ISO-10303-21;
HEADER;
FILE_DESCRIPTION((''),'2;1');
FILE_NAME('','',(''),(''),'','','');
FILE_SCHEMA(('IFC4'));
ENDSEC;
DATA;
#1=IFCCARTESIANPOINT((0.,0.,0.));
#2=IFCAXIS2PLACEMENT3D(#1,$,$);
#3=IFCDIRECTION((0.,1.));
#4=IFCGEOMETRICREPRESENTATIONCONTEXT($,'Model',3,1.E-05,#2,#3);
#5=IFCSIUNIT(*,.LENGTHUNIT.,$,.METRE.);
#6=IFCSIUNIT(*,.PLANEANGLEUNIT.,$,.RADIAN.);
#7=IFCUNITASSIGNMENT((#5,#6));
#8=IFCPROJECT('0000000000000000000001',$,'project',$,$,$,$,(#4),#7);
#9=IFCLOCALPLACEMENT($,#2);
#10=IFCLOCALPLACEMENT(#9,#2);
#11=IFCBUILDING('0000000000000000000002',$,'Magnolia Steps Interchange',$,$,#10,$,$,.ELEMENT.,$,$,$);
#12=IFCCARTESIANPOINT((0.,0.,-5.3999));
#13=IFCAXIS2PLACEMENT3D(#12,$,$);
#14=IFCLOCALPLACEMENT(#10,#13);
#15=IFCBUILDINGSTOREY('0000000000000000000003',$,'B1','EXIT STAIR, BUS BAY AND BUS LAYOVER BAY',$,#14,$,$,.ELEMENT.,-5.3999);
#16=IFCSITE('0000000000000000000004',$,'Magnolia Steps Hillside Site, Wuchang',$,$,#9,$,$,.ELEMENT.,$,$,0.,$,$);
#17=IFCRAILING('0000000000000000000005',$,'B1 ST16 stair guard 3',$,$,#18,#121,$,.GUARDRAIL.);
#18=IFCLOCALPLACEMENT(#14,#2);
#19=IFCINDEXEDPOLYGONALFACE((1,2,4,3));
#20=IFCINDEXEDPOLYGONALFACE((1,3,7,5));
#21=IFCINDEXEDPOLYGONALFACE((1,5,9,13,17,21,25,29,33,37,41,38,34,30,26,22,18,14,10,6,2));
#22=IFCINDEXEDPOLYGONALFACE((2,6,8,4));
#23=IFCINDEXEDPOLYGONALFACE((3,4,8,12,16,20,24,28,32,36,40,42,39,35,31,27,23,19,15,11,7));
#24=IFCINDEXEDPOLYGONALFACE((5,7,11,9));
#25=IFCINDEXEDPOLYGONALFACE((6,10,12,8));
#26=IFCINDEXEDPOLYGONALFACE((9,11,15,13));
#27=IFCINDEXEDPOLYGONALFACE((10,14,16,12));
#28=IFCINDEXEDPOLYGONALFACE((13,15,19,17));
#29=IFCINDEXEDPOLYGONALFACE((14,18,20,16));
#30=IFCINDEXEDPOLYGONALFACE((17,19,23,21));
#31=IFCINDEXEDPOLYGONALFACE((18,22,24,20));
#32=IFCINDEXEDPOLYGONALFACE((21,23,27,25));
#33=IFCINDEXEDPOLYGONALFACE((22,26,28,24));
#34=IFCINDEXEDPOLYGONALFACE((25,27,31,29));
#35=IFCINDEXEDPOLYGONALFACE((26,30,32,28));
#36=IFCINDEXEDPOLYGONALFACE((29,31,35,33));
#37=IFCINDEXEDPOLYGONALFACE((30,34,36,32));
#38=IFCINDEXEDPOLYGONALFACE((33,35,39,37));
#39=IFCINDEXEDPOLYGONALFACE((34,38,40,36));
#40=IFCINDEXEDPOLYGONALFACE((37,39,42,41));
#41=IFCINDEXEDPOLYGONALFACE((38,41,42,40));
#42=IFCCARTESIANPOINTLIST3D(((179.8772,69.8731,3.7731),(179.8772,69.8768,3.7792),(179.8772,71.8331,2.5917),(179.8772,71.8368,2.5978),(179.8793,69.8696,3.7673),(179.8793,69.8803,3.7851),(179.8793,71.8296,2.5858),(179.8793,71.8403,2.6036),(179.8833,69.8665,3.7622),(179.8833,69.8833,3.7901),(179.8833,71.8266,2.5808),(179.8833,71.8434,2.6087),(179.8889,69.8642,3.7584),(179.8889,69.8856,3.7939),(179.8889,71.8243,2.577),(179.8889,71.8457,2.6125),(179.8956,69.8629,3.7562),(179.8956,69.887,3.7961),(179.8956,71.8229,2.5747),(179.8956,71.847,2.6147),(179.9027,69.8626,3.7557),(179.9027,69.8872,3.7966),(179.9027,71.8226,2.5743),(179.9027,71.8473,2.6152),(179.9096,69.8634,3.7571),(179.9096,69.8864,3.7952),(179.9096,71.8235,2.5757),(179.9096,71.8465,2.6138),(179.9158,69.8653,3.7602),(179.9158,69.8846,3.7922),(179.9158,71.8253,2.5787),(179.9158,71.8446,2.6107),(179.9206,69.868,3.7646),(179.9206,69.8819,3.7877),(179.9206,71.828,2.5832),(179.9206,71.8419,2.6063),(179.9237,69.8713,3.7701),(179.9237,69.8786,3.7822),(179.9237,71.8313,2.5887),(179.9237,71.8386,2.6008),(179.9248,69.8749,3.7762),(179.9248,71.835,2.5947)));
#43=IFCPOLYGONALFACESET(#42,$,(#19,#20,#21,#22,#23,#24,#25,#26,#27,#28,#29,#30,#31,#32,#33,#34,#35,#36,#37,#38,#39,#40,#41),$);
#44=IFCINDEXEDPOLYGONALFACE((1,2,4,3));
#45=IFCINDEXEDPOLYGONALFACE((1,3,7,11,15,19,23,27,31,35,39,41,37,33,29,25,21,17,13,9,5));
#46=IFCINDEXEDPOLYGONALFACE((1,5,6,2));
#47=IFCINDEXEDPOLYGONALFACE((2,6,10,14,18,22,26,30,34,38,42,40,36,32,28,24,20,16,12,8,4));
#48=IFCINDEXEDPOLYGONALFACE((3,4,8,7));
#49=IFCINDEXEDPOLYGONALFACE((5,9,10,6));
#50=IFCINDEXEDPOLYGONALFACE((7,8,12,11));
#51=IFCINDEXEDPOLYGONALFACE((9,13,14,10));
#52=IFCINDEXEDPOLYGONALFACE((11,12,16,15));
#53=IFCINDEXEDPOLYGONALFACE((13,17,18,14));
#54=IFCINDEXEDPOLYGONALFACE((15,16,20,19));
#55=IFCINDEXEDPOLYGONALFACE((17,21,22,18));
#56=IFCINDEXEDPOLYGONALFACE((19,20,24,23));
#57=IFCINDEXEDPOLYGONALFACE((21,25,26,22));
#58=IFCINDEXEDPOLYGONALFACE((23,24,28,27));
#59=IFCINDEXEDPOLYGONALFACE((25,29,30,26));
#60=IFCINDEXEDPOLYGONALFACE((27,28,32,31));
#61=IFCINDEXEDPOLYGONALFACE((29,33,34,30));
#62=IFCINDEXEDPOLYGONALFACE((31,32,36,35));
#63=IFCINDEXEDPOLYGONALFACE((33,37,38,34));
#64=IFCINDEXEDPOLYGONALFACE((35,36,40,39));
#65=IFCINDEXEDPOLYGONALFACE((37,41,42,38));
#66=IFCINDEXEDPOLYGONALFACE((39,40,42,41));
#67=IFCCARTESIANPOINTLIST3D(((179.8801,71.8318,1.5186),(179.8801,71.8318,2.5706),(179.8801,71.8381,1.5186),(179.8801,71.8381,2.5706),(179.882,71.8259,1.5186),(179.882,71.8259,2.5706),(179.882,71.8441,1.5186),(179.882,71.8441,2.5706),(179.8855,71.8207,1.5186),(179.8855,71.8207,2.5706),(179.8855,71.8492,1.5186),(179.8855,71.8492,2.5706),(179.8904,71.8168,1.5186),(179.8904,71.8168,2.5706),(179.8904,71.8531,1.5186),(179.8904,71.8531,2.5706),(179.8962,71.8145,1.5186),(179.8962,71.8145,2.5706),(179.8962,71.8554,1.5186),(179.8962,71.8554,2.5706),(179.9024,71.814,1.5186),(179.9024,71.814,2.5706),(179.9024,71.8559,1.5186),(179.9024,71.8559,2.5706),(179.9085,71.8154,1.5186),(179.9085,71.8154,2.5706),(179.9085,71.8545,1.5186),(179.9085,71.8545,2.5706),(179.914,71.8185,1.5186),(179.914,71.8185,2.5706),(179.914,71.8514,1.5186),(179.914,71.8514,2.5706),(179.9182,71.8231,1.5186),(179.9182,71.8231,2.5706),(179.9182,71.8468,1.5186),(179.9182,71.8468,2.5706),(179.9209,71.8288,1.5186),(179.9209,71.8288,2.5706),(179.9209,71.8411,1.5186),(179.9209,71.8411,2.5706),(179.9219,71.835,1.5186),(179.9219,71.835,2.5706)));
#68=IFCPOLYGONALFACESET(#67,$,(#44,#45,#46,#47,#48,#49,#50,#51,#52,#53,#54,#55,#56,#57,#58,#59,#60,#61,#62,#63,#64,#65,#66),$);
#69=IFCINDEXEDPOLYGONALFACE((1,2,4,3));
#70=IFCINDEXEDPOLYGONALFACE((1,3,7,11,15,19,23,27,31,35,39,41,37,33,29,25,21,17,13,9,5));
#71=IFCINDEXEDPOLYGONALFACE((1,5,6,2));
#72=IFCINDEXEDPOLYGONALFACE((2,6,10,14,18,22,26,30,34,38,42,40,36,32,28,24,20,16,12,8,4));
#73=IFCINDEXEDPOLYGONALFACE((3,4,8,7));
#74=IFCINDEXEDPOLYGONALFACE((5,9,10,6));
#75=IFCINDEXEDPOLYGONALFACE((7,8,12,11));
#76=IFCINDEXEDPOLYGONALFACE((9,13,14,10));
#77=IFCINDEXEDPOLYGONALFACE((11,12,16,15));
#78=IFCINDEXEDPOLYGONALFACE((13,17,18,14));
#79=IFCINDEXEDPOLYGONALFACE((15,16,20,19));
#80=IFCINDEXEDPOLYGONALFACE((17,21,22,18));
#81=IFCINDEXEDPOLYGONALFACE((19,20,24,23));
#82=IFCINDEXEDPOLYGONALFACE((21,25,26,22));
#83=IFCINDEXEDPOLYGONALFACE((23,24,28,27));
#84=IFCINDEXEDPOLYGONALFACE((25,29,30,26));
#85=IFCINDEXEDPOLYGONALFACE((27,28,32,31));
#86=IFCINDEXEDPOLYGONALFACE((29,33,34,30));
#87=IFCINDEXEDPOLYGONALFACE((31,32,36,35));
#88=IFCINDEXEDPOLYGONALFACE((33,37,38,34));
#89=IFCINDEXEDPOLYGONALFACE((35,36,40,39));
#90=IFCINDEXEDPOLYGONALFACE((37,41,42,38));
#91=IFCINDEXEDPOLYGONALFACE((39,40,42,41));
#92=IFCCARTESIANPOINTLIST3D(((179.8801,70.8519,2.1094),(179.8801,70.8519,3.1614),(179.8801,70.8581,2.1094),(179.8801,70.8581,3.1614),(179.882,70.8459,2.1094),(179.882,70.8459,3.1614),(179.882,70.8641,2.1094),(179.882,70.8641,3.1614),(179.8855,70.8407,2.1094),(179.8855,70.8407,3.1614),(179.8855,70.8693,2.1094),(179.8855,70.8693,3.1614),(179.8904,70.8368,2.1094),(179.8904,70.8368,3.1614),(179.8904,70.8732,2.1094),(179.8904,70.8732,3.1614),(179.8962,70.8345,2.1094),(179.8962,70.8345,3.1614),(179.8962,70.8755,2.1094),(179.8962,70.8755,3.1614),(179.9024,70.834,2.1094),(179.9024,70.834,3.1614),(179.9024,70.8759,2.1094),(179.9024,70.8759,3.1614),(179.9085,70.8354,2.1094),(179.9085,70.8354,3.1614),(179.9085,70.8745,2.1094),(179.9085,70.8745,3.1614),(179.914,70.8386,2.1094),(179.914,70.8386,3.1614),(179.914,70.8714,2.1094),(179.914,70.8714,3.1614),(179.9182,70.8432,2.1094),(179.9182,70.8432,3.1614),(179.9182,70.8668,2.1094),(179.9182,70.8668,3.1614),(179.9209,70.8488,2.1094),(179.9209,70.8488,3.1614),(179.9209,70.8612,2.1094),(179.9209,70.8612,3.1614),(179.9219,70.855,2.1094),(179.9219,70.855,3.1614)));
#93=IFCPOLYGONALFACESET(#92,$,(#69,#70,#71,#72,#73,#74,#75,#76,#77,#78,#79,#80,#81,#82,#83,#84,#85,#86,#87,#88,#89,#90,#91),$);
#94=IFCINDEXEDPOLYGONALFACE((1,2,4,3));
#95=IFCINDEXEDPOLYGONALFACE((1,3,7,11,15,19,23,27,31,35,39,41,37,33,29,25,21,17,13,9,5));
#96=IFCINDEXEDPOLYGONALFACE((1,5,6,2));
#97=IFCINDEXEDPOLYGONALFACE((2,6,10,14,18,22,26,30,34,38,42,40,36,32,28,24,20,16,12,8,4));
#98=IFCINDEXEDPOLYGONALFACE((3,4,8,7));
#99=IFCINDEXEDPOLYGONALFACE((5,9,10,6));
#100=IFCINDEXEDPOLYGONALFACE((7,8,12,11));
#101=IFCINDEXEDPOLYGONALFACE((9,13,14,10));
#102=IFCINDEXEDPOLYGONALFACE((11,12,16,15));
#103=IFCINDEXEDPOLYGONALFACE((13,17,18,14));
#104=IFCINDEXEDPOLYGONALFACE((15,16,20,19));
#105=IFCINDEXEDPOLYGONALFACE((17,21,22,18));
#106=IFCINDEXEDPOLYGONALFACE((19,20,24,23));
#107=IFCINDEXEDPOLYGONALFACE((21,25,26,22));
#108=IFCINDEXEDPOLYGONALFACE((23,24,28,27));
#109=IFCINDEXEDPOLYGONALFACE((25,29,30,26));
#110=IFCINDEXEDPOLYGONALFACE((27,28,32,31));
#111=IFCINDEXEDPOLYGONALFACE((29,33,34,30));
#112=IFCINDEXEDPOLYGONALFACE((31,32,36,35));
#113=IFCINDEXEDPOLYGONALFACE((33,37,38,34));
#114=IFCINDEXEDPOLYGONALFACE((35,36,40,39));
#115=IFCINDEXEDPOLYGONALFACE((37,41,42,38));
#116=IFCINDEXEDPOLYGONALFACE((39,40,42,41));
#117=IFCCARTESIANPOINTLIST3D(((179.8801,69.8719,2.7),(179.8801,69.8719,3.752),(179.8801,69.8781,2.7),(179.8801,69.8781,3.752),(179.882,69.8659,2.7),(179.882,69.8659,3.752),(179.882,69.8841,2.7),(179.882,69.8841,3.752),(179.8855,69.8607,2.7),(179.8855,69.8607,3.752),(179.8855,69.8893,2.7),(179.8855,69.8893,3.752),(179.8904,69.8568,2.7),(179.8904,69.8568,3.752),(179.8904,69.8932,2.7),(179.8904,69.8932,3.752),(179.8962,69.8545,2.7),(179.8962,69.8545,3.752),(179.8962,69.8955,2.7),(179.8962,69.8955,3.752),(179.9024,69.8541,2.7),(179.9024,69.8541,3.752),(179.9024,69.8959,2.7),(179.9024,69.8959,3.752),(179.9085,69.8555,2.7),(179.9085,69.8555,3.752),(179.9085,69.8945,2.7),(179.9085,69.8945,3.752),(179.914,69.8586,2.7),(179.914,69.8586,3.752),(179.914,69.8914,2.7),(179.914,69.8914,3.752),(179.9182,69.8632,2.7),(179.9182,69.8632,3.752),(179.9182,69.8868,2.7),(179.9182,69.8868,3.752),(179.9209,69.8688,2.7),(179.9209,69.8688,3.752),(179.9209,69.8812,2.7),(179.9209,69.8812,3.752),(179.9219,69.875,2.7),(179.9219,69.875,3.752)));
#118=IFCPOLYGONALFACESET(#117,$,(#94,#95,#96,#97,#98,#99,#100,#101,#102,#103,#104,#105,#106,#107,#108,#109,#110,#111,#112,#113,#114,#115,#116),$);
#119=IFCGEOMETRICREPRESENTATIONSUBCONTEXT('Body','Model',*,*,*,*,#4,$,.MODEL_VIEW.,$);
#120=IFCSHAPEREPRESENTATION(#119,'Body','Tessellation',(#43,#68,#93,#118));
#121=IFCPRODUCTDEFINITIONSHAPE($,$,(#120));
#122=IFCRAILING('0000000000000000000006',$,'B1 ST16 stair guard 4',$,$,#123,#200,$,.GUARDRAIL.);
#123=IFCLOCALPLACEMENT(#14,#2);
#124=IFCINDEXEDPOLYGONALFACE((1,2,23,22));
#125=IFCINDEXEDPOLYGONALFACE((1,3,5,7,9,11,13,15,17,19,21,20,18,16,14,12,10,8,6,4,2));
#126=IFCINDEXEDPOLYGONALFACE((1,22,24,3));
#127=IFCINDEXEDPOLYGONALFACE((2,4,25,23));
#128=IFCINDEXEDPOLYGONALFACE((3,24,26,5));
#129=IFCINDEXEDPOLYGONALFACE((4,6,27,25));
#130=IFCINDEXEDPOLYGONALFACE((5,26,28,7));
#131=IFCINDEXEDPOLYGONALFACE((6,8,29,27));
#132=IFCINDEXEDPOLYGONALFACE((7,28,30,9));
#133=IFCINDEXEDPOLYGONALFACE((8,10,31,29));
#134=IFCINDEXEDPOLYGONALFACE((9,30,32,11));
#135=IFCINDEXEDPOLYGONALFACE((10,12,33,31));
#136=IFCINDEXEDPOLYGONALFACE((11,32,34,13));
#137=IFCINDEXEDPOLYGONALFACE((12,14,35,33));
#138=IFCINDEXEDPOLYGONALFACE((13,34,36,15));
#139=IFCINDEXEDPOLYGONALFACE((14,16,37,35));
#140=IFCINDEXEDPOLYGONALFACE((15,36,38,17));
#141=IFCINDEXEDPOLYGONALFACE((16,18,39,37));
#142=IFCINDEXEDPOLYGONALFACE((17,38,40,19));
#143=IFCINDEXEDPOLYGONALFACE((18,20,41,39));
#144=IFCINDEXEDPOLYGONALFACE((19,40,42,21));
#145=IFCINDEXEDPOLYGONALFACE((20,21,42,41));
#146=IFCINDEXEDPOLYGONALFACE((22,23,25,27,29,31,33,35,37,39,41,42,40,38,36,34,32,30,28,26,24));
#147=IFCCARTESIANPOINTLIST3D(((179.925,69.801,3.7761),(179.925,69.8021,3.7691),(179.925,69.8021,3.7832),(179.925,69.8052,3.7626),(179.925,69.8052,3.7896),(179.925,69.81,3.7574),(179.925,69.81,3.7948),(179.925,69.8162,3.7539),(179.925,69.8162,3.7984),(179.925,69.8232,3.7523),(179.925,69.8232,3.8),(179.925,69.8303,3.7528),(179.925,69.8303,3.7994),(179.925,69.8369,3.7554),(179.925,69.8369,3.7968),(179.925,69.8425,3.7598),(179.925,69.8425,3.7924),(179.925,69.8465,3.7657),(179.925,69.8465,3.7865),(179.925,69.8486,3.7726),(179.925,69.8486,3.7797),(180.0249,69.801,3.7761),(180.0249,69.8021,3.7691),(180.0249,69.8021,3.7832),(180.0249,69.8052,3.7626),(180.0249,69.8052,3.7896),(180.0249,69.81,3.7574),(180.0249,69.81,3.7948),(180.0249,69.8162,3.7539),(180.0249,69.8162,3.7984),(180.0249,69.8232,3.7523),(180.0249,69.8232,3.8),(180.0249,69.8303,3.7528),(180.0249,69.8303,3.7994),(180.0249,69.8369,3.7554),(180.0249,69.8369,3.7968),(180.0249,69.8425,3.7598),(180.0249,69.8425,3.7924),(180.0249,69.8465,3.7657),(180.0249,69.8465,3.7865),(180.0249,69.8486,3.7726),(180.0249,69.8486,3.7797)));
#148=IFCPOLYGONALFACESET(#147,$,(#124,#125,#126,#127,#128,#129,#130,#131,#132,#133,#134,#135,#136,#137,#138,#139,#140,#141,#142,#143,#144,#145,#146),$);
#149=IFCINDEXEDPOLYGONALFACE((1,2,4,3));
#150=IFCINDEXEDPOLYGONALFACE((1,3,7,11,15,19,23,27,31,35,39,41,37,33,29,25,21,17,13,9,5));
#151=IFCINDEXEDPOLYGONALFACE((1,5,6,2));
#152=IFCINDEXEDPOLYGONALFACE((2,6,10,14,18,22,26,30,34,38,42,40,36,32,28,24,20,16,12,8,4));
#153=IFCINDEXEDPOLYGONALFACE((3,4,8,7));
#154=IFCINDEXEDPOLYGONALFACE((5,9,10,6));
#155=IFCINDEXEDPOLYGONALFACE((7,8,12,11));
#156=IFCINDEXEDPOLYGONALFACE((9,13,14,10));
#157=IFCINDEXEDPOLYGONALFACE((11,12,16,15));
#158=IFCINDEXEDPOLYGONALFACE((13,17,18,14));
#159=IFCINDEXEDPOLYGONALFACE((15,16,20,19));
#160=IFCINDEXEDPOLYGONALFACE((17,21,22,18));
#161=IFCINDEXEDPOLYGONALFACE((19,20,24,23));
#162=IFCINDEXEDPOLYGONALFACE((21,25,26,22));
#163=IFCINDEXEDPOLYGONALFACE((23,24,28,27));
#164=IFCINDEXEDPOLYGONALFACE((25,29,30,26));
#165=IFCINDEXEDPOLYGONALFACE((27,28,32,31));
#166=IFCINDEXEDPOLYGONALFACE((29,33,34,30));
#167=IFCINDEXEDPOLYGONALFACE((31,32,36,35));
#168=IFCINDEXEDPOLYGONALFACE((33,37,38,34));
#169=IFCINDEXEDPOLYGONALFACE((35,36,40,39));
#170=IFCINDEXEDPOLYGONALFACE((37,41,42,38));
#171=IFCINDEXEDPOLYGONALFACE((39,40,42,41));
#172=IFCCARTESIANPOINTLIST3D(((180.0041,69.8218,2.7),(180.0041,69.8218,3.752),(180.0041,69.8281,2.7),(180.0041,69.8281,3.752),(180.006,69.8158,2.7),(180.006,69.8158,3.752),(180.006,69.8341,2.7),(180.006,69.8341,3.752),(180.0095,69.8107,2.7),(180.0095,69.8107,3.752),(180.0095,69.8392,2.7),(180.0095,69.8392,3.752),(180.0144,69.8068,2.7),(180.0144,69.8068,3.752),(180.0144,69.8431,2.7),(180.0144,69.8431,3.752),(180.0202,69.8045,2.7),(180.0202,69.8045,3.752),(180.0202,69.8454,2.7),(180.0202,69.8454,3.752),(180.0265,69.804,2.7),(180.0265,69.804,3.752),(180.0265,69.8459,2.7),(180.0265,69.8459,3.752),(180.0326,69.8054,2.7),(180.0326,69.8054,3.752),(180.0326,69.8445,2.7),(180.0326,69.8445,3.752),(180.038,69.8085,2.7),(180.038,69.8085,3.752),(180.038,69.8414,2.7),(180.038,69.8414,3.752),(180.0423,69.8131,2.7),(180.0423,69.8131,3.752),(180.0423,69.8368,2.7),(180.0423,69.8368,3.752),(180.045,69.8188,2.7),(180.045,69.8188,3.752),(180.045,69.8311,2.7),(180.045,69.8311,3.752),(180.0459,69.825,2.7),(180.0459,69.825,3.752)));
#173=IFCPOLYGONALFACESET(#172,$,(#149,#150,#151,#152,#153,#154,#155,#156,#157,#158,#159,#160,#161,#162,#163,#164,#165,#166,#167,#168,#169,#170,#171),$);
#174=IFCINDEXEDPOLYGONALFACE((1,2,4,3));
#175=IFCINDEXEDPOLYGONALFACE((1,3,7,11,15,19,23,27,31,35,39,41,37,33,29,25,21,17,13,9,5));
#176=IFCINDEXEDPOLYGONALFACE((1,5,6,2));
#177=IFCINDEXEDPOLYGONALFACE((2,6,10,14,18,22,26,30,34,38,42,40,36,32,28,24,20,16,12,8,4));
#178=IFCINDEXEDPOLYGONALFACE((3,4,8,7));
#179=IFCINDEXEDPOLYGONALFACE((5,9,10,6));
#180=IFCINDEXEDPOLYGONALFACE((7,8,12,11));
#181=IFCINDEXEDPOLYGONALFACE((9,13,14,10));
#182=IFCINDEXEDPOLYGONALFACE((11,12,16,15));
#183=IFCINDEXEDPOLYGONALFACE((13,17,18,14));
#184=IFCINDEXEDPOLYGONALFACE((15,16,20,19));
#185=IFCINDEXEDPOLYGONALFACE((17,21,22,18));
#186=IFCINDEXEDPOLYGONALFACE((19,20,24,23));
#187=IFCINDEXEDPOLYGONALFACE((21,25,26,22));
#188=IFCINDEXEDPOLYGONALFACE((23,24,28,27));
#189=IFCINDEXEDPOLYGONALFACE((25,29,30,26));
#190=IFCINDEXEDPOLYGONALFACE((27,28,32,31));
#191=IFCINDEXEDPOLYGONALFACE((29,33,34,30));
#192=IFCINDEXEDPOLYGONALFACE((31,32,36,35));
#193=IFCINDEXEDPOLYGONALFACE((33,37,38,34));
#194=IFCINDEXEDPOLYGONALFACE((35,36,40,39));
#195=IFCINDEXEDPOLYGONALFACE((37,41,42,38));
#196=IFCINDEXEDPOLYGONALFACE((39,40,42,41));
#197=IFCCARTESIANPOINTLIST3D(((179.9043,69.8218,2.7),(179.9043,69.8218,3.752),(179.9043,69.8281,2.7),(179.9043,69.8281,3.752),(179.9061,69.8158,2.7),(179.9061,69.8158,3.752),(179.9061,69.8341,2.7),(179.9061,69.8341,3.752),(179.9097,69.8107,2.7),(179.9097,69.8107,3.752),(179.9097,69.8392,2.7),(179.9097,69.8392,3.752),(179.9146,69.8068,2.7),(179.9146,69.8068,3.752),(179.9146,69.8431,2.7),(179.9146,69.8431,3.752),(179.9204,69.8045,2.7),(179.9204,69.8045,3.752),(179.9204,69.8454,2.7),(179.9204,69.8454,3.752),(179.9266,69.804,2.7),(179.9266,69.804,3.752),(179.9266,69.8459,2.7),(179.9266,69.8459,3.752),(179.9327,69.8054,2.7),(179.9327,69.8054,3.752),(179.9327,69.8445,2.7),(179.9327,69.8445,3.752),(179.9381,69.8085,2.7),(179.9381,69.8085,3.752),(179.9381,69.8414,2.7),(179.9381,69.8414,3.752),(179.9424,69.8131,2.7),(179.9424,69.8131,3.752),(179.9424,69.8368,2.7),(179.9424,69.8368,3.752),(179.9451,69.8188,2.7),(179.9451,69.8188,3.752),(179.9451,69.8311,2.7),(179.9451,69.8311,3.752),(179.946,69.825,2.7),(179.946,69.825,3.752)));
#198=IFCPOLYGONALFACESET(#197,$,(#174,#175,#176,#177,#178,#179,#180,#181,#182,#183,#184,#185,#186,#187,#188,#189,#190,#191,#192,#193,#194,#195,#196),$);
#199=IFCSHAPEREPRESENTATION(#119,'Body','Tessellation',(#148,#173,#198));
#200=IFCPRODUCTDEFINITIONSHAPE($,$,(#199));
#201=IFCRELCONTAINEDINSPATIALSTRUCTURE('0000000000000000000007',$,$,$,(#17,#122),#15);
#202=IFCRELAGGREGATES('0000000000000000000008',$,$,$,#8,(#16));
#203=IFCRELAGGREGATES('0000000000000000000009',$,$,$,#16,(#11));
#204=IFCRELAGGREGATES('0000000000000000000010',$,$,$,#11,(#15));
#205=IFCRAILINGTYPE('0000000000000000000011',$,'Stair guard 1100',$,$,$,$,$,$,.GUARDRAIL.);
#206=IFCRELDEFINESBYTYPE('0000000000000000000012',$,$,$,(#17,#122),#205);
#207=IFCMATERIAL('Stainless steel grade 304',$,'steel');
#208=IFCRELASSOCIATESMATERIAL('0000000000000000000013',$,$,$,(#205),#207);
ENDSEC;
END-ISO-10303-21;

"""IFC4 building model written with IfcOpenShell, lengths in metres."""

from ifc_helpers import new_model, si_unit, direction, frame, origin, origin_2d, place, context, subcontext, project, spatial, circle, extrude, material, type_object, element, save


model = new_model("IFC4")

# Units and contexts
model_context = context("Model", 3, precision=1e-05, world=origin(), true_north=direction((0.0, 1.0)))
body_context = subcontext(model_context, "Body", "Model", "MODEL_VIEW")
ifc_project = project(units=[si_unit("LENGTHUNIT", "METRE"), si_unit("PLANEANGLEUNIT", "RADIAN")], contexts=[model_context])

# Site, building, storey
site_placement = place(None, origin())
site = spatial("IfcSite", under=ifc_project, at=site_placement, Name="Magnolia Steps Hillside Site, Wuchang", CompositionType="ELEMENT", RefElevation=0.0)
building_placement = place(site_placement, origin())
building = spatial("IfcBuilding", under=site, at=building_placement, Name="Magnolia Steps Interchange", CompositionType="ELEMENT")
storey_placement = place(building_placement, frame((0.0, 0.0, -5.3999)))
storey = spatial("IfcBuildingStorey", under=building, at=storey_placement, Name="B1", Description="EXIT STAIR, BUS BAY AND BUS LAYOVER BAY", CompositionType="ELEMENT", Elevation=-5.3999)

# Railings
ifc_material_1 = material(Name="Stainless steel grade 304", Category="steel")
railing_type_1 = type_object("IfcRailingType", Name="Stair guard 1100", PredefinedType="GUARDRAIL", material=ifc_material_1)
railing_1_placement = place(storey_placement, frame((179.9009, 71.835, 1.5186)))
element("IfcRailing", 1, at=railing_1_placement, inside=storey, type_object=railing_type_1, Name="B1 ST16 stair guard 3", PredefinedType="GUARDRAIL", context=body_context, shape_type="SweptSolid", body=[
    extrude(circle(Radius=0.0239, at=origin_2d()), frame((0.0, 0.0, 1.0762), z_axis=(0.0, -0.856446, 0.516236), x_axis=(1.0, 0.0, 0.0)), (0.0, 0.0, 1.0), 2.2886),
    extrude(circle(Radius=0.021, at=origin_2d()), origin(), (0.0, 0.0, 1.0), 1.052),
    extrude(circle(Radius=0.021, at=origin_2d()), frame((0.0, -0.98, 0.5908)), (0.0, 0.0, 1.0), 1.052),
    extrude(circle(Radius=0.021, at=origin_2d()), frame((0.0, -1.96, 1.1814)), (0.0, 0.0, 1.0), 1.052),
])
railing_2_placement = place(storey_placement, frame((180.0249, 69.825, 2.7)))
element("IfcRailing", 2, at=railing_2_placement, inside=storey, type_object=railing_type_1, Name="B1 ST16 stair guard 4", PredefinedType="GUARDRAIL", context=body_context, shape_type="SweptSolid", body=[
    extrude(circle(Radius=0.0239, at=origin_2d()), frame((0.0, 0.0, 1.0762), z_axis=(-1.0, 0.0, 0.0), x_axis=(0.0, -1.0, 0.0)), (0.0, 0.0, 1.0), 0.0999),
    extrude(circle(Radius=0.021, at=origin_2d()), origin(), (0.0, 0.0, 1.0), 1.052),
    extrude(circle(Radius=0.021, at=origin_2d()), frame((-0.0999, 0.0, 0.0)), (0.0, 0.0, 1.0), 1.052),
])

save(model, "model.ifc")
